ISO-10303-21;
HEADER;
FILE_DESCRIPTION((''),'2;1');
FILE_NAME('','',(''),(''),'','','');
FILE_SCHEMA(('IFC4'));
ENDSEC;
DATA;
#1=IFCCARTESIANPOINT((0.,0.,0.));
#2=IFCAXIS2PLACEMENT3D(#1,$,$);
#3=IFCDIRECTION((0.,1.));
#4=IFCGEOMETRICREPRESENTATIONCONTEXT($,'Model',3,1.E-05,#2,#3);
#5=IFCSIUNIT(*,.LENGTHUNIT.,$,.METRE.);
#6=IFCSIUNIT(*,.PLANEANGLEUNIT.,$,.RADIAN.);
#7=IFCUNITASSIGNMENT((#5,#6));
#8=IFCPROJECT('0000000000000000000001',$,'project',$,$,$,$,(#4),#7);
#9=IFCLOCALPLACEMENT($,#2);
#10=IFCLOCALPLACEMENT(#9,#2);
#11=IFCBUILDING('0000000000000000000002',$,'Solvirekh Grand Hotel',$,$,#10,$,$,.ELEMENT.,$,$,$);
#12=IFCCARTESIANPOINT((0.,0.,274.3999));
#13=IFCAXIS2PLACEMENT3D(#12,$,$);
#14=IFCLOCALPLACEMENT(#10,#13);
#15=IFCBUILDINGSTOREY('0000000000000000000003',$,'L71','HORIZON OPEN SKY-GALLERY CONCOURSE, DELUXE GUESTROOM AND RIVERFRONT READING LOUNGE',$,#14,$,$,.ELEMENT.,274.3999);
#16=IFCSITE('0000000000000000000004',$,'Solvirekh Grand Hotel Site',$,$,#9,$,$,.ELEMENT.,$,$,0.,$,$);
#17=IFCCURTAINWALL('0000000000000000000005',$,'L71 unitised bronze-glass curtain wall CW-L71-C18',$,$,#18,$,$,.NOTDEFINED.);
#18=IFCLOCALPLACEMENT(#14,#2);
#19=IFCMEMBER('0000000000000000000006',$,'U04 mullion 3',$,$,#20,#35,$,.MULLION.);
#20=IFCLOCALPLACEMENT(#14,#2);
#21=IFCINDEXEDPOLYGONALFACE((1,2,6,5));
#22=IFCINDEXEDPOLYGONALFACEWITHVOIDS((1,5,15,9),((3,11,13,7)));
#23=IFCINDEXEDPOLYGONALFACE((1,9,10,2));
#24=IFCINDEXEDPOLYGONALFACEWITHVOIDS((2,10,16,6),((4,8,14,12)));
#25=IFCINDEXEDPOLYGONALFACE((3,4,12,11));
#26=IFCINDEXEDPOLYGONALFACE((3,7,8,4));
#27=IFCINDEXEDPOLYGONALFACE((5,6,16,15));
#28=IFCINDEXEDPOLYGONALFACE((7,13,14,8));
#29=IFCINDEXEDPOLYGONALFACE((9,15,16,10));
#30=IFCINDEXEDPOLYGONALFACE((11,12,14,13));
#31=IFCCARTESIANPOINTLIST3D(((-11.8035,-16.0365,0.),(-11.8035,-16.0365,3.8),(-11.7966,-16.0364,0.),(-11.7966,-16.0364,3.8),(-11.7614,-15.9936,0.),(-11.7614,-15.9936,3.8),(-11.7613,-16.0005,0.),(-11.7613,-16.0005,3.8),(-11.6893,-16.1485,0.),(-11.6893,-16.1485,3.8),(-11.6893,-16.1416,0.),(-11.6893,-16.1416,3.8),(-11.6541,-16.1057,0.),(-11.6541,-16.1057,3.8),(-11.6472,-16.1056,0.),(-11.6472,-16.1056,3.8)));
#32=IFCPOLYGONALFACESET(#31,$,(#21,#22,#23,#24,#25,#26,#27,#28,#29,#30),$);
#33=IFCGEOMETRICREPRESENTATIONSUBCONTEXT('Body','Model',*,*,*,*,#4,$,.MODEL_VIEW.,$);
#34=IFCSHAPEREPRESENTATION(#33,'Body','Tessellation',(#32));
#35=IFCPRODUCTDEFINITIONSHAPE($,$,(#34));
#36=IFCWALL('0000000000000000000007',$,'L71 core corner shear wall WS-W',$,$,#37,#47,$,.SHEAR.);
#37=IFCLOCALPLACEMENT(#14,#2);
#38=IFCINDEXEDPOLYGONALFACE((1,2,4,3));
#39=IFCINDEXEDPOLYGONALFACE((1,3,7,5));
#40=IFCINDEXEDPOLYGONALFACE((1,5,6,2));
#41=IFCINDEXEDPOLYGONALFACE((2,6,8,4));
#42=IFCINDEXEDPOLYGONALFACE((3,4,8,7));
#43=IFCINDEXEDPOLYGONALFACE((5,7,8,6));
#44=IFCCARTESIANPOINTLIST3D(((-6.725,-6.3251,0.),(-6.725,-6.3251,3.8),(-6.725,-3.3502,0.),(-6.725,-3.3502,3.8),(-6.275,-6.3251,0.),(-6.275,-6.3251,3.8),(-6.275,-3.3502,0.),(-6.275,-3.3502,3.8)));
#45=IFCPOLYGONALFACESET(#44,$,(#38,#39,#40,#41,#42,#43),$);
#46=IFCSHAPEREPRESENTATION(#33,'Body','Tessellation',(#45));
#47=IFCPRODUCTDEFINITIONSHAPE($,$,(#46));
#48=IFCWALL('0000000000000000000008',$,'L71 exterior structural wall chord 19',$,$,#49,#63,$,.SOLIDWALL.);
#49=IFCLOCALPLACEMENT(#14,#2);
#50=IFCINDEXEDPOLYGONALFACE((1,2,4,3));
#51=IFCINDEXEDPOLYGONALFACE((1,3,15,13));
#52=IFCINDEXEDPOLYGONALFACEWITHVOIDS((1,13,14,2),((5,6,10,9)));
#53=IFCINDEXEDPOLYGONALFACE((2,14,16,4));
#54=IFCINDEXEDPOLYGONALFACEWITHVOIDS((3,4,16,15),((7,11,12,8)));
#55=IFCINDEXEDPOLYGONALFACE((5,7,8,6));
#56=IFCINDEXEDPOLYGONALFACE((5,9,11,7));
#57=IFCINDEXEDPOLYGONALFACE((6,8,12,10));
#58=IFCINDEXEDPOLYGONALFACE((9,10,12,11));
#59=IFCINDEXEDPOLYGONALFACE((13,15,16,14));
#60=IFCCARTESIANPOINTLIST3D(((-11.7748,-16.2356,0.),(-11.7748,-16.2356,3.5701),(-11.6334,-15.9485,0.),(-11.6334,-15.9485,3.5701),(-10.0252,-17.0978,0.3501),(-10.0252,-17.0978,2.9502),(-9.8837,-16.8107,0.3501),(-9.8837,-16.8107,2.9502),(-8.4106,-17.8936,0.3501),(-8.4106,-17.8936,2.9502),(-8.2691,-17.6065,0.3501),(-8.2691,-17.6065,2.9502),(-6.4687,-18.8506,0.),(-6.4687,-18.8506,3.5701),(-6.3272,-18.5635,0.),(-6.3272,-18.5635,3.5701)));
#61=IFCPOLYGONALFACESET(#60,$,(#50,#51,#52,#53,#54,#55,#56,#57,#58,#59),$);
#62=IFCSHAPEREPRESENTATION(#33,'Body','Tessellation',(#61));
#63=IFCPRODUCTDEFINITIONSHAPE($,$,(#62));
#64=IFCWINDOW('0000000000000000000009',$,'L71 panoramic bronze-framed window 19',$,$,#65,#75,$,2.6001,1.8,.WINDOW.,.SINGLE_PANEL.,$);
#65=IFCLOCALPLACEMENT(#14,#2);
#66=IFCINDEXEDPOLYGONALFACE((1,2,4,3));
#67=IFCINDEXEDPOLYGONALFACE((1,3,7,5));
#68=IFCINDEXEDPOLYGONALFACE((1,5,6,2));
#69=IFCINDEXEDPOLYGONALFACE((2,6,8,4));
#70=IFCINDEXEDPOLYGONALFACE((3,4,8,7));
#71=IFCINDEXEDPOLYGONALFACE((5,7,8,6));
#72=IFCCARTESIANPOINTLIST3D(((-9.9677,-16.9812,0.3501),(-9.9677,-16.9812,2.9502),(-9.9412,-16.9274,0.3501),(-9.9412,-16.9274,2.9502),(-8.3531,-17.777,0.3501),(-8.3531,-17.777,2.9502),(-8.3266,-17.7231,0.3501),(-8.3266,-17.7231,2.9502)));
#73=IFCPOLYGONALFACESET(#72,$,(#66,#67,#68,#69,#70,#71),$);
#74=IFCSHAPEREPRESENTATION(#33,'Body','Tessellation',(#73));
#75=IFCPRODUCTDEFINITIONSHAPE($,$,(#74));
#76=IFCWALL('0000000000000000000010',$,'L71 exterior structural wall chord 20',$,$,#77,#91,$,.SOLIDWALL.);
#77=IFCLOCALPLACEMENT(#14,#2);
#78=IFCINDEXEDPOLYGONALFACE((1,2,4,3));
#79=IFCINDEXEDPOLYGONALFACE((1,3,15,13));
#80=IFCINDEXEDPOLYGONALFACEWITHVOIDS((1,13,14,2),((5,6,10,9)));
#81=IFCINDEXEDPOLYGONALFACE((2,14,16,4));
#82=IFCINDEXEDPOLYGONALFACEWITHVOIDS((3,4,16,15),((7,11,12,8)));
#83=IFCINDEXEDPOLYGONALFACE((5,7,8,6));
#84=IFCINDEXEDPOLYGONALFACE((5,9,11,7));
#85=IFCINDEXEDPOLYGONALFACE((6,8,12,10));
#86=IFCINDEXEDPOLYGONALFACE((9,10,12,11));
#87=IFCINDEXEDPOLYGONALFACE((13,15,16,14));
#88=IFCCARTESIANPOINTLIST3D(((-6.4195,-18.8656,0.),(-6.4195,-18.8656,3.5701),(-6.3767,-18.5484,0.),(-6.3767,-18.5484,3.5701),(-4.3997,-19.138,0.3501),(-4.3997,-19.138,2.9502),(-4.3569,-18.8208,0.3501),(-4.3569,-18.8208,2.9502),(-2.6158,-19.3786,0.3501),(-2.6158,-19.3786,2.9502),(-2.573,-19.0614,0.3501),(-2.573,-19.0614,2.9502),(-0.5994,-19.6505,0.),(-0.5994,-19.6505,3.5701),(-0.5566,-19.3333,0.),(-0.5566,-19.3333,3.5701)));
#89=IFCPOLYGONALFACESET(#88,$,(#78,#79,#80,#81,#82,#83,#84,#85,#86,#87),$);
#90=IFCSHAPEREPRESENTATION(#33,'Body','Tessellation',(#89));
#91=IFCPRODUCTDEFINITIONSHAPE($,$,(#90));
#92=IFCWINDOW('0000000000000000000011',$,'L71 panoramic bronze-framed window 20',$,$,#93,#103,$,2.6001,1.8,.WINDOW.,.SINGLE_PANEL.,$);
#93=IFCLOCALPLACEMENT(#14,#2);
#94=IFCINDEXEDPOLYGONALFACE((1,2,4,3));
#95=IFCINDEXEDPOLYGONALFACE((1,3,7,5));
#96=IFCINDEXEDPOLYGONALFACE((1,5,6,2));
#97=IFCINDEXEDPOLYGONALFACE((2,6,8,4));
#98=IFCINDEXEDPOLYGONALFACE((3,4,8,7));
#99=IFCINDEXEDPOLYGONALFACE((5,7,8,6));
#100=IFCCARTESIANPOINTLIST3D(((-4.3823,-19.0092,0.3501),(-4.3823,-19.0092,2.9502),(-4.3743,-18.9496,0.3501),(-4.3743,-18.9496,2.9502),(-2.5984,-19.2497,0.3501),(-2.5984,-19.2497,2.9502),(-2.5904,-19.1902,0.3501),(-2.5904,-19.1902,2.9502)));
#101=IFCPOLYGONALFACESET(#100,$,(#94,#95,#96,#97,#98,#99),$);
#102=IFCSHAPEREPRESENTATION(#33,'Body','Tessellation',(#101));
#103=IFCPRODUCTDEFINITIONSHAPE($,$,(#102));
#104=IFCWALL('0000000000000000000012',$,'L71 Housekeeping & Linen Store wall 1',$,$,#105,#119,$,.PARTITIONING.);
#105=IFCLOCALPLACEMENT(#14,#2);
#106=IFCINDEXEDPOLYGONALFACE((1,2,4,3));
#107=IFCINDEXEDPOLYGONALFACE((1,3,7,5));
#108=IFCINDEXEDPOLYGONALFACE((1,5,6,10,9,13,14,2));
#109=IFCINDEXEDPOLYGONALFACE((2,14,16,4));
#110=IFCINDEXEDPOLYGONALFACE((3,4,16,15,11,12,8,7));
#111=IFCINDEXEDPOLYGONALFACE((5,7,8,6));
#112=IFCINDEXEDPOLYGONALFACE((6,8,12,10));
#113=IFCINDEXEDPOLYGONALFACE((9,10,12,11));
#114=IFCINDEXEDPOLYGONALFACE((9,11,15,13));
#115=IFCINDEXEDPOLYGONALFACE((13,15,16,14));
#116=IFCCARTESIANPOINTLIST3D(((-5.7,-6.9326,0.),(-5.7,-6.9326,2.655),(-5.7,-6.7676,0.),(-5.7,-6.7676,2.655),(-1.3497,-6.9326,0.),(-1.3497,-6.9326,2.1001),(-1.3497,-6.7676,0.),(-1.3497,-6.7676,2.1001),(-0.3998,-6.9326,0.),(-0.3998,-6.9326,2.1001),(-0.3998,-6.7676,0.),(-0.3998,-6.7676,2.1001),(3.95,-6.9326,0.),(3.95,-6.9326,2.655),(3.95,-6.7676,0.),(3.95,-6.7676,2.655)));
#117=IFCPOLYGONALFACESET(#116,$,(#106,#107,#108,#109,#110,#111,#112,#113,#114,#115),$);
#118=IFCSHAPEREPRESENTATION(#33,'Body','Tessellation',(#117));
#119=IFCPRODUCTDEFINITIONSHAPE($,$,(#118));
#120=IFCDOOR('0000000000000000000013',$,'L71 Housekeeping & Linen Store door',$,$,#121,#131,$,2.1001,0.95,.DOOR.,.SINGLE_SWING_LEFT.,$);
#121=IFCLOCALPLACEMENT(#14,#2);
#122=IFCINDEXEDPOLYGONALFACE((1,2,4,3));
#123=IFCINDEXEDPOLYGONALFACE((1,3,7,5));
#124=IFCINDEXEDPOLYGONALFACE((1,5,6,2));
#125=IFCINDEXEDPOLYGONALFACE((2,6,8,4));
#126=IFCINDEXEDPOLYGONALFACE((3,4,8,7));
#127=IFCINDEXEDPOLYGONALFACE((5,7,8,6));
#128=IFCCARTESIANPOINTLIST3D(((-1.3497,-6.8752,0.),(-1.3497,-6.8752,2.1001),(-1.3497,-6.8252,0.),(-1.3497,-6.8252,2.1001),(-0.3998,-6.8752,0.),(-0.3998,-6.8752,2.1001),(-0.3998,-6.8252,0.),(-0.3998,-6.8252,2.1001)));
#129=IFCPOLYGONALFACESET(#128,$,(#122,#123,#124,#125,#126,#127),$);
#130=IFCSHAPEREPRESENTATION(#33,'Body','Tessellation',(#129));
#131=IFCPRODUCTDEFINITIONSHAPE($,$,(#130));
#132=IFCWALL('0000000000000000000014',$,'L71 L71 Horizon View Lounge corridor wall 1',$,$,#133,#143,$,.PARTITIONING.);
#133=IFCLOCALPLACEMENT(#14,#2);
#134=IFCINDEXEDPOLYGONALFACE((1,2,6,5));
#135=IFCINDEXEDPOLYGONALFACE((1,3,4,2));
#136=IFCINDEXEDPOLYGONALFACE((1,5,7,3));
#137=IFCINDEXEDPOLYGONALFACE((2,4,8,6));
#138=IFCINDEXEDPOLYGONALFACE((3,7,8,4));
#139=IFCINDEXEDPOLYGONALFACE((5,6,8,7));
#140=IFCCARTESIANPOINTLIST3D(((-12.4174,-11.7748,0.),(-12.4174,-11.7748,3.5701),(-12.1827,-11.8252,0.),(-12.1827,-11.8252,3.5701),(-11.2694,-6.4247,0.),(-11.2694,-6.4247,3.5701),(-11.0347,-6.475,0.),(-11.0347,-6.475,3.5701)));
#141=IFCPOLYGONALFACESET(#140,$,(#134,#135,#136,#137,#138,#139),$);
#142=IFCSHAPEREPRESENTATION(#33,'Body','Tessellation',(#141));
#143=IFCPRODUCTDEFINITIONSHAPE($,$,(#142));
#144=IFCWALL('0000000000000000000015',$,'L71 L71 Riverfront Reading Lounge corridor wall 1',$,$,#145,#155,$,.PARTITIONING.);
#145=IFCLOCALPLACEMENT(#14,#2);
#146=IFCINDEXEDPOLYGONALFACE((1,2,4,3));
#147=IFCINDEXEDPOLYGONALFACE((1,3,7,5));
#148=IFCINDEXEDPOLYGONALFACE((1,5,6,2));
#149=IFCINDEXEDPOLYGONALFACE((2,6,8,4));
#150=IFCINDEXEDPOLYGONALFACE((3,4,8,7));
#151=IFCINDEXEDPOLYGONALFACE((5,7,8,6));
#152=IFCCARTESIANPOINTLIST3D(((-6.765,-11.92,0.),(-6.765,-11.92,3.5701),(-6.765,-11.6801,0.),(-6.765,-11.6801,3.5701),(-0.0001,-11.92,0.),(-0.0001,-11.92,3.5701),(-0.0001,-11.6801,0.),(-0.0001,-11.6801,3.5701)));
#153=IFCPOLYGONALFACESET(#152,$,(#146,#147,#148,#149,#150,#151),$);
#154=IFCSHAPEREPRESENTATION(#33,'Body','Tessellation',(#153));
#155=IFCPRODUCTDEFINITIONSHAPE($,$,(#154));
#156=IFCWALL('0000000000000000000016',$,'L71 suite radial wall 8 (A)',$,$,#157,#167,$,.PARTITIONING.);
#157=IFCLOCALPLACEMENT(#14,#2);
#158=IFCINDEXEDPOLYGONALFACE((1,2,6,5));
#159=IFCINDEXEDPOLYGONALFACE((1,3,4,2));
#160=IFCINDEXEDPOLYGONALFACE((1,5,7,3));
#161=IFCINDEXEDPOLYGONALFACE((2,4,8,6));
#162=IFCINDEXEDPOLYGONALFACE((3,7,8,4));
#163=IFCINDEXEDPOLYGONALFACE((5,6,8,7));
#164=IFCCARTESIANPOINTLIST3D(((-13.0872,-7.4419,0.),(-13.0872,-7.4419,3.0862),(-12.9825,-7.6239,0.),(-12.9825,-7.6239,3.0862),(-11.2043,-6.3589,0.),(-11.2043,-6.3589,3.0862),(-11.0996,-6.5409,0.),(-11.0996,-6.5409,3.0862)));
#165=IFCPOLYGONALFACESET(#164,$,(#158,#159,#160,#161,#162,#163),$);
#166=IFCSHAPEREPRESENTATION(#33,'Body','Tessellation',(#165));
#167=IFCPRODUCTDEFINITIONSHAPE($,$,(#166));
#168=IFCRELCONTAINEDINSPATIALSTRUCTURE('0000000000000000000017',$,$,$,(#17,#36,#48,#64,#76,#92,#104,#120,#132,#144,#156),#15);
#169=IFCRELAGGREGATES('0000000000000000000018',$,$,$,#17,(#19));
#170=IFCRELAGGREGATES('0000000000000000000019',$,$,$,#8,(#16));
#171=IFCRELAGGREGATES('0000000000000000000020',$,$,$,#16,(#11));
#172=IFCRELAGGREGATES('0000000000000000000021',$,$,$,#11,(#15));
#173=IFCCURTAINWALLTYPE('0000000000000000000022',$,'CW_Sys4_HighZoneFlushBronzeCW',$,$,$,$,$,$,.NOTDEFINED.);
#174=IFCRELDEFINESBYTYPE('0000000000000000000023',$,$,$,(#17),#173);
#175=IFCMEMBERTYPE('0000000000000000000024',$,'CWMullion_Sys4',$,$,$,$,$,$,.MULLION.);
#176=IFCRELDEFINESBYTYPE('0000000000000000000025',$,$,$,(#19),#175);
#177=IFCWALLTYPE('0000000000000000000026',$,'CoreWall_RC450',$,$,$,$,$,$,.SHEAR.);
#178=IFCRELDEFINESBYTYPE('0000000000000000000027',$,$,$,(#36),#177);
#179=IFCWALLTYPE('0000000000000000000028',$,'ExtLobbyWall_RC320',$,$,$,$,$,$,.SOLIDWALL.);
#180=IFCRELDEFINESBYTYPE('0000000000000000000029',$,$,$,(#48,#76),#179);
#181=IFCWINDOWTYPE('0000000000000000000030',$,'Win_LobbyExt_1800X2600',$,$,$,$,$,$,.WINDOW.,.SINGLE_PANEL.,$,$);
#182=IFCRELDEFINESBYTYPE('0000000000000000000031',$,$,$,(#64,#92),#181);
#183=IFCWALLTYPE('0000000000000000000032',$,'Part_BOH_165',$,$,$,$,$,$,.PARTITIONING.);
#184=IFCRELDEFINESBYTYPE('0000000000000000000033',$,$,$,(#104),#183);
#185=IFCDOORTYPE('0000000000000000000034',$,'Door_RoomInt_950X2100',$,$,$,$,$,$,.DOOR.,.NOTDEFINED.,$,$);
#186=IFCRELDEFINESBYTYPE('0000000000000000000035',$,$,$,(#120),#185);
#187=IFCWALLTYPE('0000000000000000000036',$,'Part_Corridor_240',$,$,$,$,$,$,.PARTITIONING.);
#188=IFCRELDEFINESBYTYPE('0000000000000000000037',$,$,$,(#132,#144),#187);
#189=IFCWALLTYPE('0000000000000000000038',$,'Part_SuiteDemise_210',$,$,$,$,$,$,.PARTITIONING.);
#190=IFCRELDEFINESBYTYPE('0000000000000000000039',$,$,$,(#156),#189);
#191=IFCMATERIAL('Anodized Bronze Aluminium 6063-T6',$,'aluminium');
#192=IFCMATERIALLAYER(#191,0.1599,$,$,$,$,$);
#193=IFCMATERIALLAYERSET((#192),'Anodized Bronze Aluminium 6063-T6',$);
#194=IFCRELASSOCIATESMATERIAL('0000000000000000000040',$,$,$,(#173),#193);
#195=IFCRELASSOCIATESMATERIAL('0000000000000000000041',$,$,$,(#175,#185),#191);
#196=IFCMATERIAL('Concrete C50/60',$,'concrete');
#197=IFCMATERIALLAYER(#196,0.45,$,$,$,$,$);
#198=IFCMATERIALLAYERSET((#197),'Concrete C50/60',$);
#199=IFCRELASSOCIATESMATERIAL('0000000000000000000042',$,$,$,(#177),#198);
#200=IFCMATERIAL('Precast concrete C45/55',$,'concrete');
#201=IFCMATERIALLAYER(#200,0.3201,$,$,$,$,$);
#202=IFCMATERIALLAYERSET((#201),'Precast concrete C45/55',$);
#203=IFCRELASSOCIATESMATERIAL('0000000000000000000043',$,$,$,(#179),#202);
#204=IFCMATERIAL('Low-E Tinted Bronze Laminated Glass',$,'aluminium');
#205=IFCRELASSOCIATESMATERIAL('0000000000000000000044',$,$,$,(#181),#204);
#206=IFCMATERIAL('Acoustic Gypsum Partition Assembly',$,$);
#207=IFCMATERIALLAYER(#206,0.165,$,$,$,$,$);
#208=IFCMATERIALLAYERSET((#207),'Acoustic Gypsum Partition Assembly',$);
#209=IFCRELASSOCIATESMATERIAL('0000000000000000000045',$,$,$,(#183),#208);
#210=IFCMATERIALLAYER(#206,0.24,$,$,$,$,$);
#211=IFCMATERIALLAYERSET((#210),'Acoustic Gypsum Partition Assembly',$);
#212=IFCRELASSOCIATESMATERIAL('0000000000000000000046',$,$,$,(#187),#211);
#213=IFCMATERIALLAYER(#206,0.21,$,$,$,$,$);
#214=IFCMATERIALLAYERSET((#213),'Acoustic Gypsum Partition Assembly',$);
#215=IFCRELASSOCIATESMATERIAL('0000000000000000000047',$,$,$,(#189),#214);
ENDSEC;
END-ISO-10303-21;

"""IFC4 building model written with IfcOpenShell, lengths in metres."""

from ifc_helpers import new_model, si_unit, direction, frame, frame_2d, origin, origin_2d, place, context, subcontext, project, spatial, rectangle, hollow_rectangle, extrude, source, transform, mapped, material, layer, layer_set, material_profile, profile_set, type_object, element, fill, aggregate, save


model = new_model("IFC4")

# Units and contexts
model_context = context("Model", 3, precision=1e-05, world=origin(), true_north=direction((0.0, 1.0)))
body_context = subcontext(model_context, "Body", "Model", "MODEL_VIEW")
ifc_project = project(units=[si_unit("LENGTHUNIT", "METRE"), si_unit("PLANEANGLEUNIT", "RADIAN")], contexts=[model_context])

# Site, building, storey
site_placement = place(None, origin())
site = spatial("IfcSite", under=ifc_project, at=site_placement, Name="Solvirekh Grand Hotel Site", CompositionType="ELEMENT", RefElevation=0.0)
building_placement = place(site_placement, origin())
building = spatial("IfcBuilding", under=site, at=building_placement, Name="Solvirekh Grand Hotel", CompositionType="ELEMENT")
storey_placement = place(building_placement, frame((0.0, 0.0, 274.3999)))
storey = spatial("IfcBuildingStorey", under=building, at=storey_placement, Name="L71", Description="HORIZON OPEN SKY-GALLERY CONCOURSE, DELUXE GUESTROOM AND RIVERFRONT READING LOUNGE", CompositionType="ELEMENT", Elevation=274.3999)

# Shared definitions
ifc_material_1 = material(Name="Concrete C50/60", Category="concrete")

# Curtain wall, member
ifc_material_2 = material(Name="Anodized Bronze Aluminium 6063-T6", Category="aluminium")
ifc_layer_1 = layer(ifc_material_2, 0.1599)
ifc_layer_set_1 = layer_set([ifc_layer_1], Name="Anodized Bronze Aluminium 6063-T6")
curtain_wall_type = type_object("IfcCurtainWallType", Name="CW_Sys4_HighZoneFlushBronzeCW", PredefinedType="NOTDEFINED", material=ifc_layer_set_1)
ifc_material_profile_1 = material_profile(ifc_material_2, hollow_rectangle(XDim=0.0601, YDim=0.1599, WallThickness=0.0049, at=origin_2d()), Name="ALU RHS 160X60X5")
ifc_profile_set_1 = profile_set([ifc_material_profile_1], Name="Anodized Bronze Aluminium 6063-T6")
member_type = type_object("IfcMemberType", Name="CWMullion_Sys4", PredefinedType="MULLION", material=ifc_profile_set_1)
shared_shape = source(origin(), body_context, "Body", "SweptSolid", [
    extrude(hollow_rectangle(XDim=0.0601, YDim=0.1599, WallThickness=0.0049, at=origin_2d()), origin(), (0.0, 0.0, 1.0), 3.8),
])
curtain_wall_1_placement = place(storey_placement, origin())
curtain_wall_1 = element("IfcCurtainWall", 1, at=curtain_wall_1_placement, inside=storey, type_object=curtain_wall_type, Name="L71 unitised bronze-glass curtain wall CW-L71-C18", PredefinedType="NOTDEFINED")
member_1_placement = place(storey_placement, frame((-11.7253, -16.071, 0.0), z_axis=(0.0, 0.0, 1.0), x_axis=(0.700138, 0.714007, 0.0)))
member_1 = element("IfcMember", 2, at=member_1_placement, type_object=member_type, Name="U04 mullion 3", PredefinedType="MULLION", context=body_context, shape_type="MappedRepresentation", body=[
    mapped(shared_shape, transform((0.0, 0.0, 0.0), x_axis=(1.0, 0.0, 0.0), y_axis=(0.0, 1.0, 0.0), z_axis=(0.0, 0.0, 1.0), scale=1.0)),
])
aggregate(curtain_wall_1, [member_1])

# Wall
ifc_layer_2 = layer(ifc_material_1, 0.45)
ifc_layer_set_2 = layer_set([ifc_layer_2], Name="Concrete C50/60")
wall_type_1 = type_object("IfcWallType", Name="CoreWall_RC450", PredefinedType="SHEAR", material=ifc_layer_set_2)
wall_1_placement = place(storey_placement, frame((-6.5, -6.325, 0.0), z_axis=(0.0, 0.0, 1.0), x_axis=(0.0, 1.0, 0.0)))
element("IfcWall", 3, at=wall_1_placement, inside=storey, type_object=wall_type_1, Name="L71 core corner shear wall WS-W", PredefinedType="SHEAR", context=body_context, shape_type="SweptSolid", body=[
    extrude(rectangle(XDim=2.9749, YDim=0.45, at=frame_2d((1.4873, 0.0))), origin(), (0.0, 0.0, 1.0), 3.8),
])

# Walls, openings, windows
ifc_material_3 = material(Name="Precast concrete C45/55", Category="concrete")
ifc_layer_3 = layer(ifc_material_3, 0.3201)
ifc_layer_set_3 = layer_set([ifc_layer_3], Name="Precast concrete C45/55")
wall_type_2 = type_object("IfcWallType", Name="ExtLobbyWall_RC320", PredefinedType="SOLIDWALL", material=ifc_layer_set_3)
wall_2_placement = place(storey_placement, frame((-6.3979, -18.707, 0.0), z_axis=(0.0, 0.0, 1.0), x_axis=(-0.896988, 0.442056, 0.0)))
wall_2 = element("IfcWall", 4, at=wall_2_placement, inside=storey, type_object=wall_type_2, Name="L71 exterior structural wall chord 19", PredefinedType="SOLIDWALL", context=body_context, shape_type="SweptSolid", body=[
    extrude(rectangle(XDim=5.9155, YDim=0.3201, at=frame_2d((2.9578, 0.0))), origin(), (0.0, 0.0, 1.0), 3.5701),
])
opening_1_placement = place(wall_2_placement, frame((2.165, 0.0, 0.3501)))
opening_1 = element("IfcOpeningElement", 5, at=opening_1_placement, cuts=wall_2, PredefinedType="OPENING", context=body_context, shape_type="SweptSolid", body=[
    extrude(rectangle(XDim=1.8, YDim=2.6001, at=frame_2d((0.8999, 1.3))), frame((0.0, 0.1699, 0.0), z_axis=(0.0, -1.0, 0.0), x_axis=(1.0, 0.0, 0.0)), (0.0, 0.0, 1.0), 0.3401),
])
ifc_material_4 = material(Name="Low-E Tinted Bronze Laminated Glass", Category="aluminium")
window_type = type_object("IfcWindowType", Name="Win_LobbyExt_1800X2600", PartitioningType="SINGLE_PANEL", PredefinedType="WINDOW", material=ifc_material_4)
window_1_placement = place(opening_1_placement, origin())
window_1 = element("IfcWindow", 6, at=window_1_placement, inside=storey, type_object=window_type, Name="L71 panoramic bronze-framed window 19", OverallHeight=2.6001, OverallWidth=1.8, PartitioningType="SINGLE_PANEL", PredefinedType="WINDOW", context=body_context, shape_type="SweptSolid", body=[
    extrude(rectangle(XDim=1.8, YDim=2.6001, at=frame_2d((0.8999, 1.3))), frame((0.0, 0.03, 0.0), z_axis=(0.0, -1.0, 0.0), x_axis=(1.0, 0.0, 0.0)), (0.0, 0.0, 1.0), 0.0601),
])
fill(opening_1, window_1)
wall_3_placement = place(storey_placement, frame((-0.5779, -19.4919, 0.0), z_axis=(0.0, 0.0, 1.0), x_axis=(-0.991028, 0.133653, 0.0)))
wall_3 = element("IfcWall", 7, at=wall_3_placement, inside=storey, type_object=wall_type_2, Name="L71 exterior structural wall chord 20", PredefinedType="SOLIDWALL", context=body_context, shape_type="SweptSolid", body=[
    extrude(rectangle(XDim=5.8728, YDim=0.3201, at=frame_2d((2.9365, 0.0))), origin(), (0.0, 0.0, 1.0), 3.5701),
])
opening_2_placement = place(wall_3_placement, frame((2.0349, 0.0, 0.3501)))
opening_2 = element("IfcOpeningElement", 8, at=opening_2_placement, cuts=wall_3, PredefinedType="OPENING", context=body_context, shape_type="SweptSolid", body=[
    extrude(rectangle(XDim=1.8, YDim=2.6001, at=frame_2d((0.8999, 1.3))), frame((0.0, 0.1699, 0.0), z_axis=(0.0, -1.0, 0.0), x_axis=(1.0, 0.0, 0.0)), (0.0, 0.0, 1.0), 0.3401),
])
window_2_placement = place(opening_2_placement, origin())
window_2 = element("IfcWindow", 9, at=window_2_placement, inside=storey, type_object=window_type, Name="L71 panoramic bronze-framed window 20", OverallHeight=2.6001, OverallWidth=1.8, PartitioningType="SINGLE_PANEL", PredefinedType="WINDOW", context=body_context, shape_type="SweptSolid", body=[
    extrude(rectangle(XDim=1.8, YDim=2.6001, at=frame_2d((0.8999, 1.3))), frame((0.0, 0.03, 0.0), z_axis=(0.0, -1.0, 0.0), x_axis=(1.0, 0.0, 0.0)), (0.0, 0.0, 1.0), 0.0601),
])
fill(opening_2, window_2)

# Wall, opening, door
ifc_material_5 = material(Name="Acoustic Gypsum Partition Assembly")
ifc_layer_4 = layer(ifc_material_5, 0.165)
ifc_layer_set_4 = layer_set([ifc_layer_4], Name="Acoustic Gypsum Partition Assembly")
wall_type_3 = type_object("IfcWallType", Name="Part_BOH_165", PredefinedType="PARTITIONING", material=ifc_layer_set_4)
wall_4_placement = place(storey_placement, frame((-5.7, -6.8501, 0.0), z_axis=(0.0, 0.0, 1.0), x_axis=(1.0, 0.0, 0.0)))
wall_4 = element("IfcWall", 10, at=wall_4_placement, inside=storey, type_object=wall_type_3, Name="L71 Housekeeping & Linen Store wall 1", PredefinedType="PARTITIONING", context=body_context, shape_type="SweptSolid", body=[
    extrude(rectangle(XDim=9.6499, YDim=0.165, at=frame_2d((4.825, 0.0))), origin(), (0.0, 0.0, 1.0), 2.655),
])
opening_3_placement = place(wall_4_placement, frame((4.3501, 0.0, 0.0)))
opening_3 = element("IfcOpeningElement", 11, at=opening_3_placement, cuts=wall_4, PredefinedType="OPENING", context=body_context, shape_type="SweptSolid", body=[
    extrude(rectangle(XDim=0.95, YDim=2.1001, at=frame_2d((0.4751, 1.05))), frame((0.0, 0.0925, 0.0), z_axis=(0.0, -1.0, 0.0), x_axis=(1.0, 0.0, 0.0)), (0.0, 0.0, 1.0), 0.1851),
])
door_type = type_object("IfcDoorType", Name="Door_RoomInt_950X2100", OperationType="NOTDEFINED", PredefinedType="DOOR", material=ifc_material_2)
door_placement = place(opening_3_placement, origin())
door = element("IfcDoor", 12, at=door_placement, inside=storey, type_object=door_type, Name="L71 Housekeeping & Linen Store door", OperationType="SINGLE_SWING_LEFT", OverallHeight=2.1001, OverallWidth=0.95, PredefinedType="DOOR", context=body_context, shape_type="SweptSolid", body=[
    extrude(rectangle(XDim=0.95, YDim=2.1001, at=frame_2d((0.4751, 1.05))), frame((0.0, 0.0249, 0.0), z_axis=(0.0, -1.0, 0.0), x_axis=(1.0, 0.0, 0.0)), (0.0, 0.0, 1.0), 0.05),
])
fill(opening_3, door)

# Walls
ifc_layer_5 = layer(ifc_material_5, 0.24)
ifc_layer_set_5 = layer_set([ifc_layer_5], Name="Acoustic Gypsum Partition Assembly")
wall_type_4 = type_object("IfcWallType", Name="Part_Corridor_240", PredefinedType="PARTITIONING", material=ifc_layer_set_5)
wall_5_placement = place(storey_placement, frame((-11.1521, -6.45, 0.0), z_axis=(0.0, 0.0, 1.0), x_axis=(-0.209791, -0.977746, 0.0)))
element("IfcWall", 13, at=wall_5_placement, inside=storey, type_object=wall_type_4, Name="L71 L71 Horizon View Lounge corridor wall 1", PredefinedType="PARTITIONING", context=body_context, shape_type="SweptSolid", body=[
    extrude(rectangle(XDim=5.4719, YDim=0.24, at=frame_2d((2.7358, 0.0))), origin(), (0.0, 0.0, 1.0), 3.5701),
])
wall_6_placement = place(storey_placement, frame((-6.7649, -11.8, 0.0), z_axis=(0.0, 0.0, 1.0), x_axis=(1.0, 0.0, 0.0)))
element("IfcWall", 14, at=wall_6_placement, inside=storey, type_object=wall_type_4, Name="L71 L71 Riverfront Reading Lounge corridor wall 1", PredefinedType="PARTITIONING", context=body_context, shape_type="SweptSolid", body=[
    extrude(rectangle(XDim=6.7649, YDim=0.24, at=frame_2d((3.3823, 0.0))), origin(), (0.0, 0.0, 1.0), 3.5701),
])
ifc_layer_6 = layer(ifc_material_5, 0.21)
ifc_layer_set_6 = layer_set([ifc_layer_6], Name="Acoustic Gypsum Partition Assembly")
wall_type_5 = type_object("IfcWallType", Name="Part_SuiteDemise_210", PredefinedType="PARTITIONING", material=ifc_layer_set_6)
wall_7_placement = place(storey_placement, frame((-11.1521, -6.45, 0.0), z_axis=(0.0, 0.0, 1.0), x_axis=(-0.866829, -0.498606, 0.0)))
element("IfcWall", 15, at=wall_7_placement, inside=storey, type_object=wall_type_5, Name="L71 suite radial wall 8 (A)", PredefinedType="PARTITIONING", context=body_context, shape_type="SweptSolid", body=[
    extrude(rectangle(XDim=2.1721, YDim=0.21, at=frame_2d((1.0859, 0.0))), origin(), (0.0, 0.0, 1.0), 3.0862),
])

save(model, "model.ifc")
